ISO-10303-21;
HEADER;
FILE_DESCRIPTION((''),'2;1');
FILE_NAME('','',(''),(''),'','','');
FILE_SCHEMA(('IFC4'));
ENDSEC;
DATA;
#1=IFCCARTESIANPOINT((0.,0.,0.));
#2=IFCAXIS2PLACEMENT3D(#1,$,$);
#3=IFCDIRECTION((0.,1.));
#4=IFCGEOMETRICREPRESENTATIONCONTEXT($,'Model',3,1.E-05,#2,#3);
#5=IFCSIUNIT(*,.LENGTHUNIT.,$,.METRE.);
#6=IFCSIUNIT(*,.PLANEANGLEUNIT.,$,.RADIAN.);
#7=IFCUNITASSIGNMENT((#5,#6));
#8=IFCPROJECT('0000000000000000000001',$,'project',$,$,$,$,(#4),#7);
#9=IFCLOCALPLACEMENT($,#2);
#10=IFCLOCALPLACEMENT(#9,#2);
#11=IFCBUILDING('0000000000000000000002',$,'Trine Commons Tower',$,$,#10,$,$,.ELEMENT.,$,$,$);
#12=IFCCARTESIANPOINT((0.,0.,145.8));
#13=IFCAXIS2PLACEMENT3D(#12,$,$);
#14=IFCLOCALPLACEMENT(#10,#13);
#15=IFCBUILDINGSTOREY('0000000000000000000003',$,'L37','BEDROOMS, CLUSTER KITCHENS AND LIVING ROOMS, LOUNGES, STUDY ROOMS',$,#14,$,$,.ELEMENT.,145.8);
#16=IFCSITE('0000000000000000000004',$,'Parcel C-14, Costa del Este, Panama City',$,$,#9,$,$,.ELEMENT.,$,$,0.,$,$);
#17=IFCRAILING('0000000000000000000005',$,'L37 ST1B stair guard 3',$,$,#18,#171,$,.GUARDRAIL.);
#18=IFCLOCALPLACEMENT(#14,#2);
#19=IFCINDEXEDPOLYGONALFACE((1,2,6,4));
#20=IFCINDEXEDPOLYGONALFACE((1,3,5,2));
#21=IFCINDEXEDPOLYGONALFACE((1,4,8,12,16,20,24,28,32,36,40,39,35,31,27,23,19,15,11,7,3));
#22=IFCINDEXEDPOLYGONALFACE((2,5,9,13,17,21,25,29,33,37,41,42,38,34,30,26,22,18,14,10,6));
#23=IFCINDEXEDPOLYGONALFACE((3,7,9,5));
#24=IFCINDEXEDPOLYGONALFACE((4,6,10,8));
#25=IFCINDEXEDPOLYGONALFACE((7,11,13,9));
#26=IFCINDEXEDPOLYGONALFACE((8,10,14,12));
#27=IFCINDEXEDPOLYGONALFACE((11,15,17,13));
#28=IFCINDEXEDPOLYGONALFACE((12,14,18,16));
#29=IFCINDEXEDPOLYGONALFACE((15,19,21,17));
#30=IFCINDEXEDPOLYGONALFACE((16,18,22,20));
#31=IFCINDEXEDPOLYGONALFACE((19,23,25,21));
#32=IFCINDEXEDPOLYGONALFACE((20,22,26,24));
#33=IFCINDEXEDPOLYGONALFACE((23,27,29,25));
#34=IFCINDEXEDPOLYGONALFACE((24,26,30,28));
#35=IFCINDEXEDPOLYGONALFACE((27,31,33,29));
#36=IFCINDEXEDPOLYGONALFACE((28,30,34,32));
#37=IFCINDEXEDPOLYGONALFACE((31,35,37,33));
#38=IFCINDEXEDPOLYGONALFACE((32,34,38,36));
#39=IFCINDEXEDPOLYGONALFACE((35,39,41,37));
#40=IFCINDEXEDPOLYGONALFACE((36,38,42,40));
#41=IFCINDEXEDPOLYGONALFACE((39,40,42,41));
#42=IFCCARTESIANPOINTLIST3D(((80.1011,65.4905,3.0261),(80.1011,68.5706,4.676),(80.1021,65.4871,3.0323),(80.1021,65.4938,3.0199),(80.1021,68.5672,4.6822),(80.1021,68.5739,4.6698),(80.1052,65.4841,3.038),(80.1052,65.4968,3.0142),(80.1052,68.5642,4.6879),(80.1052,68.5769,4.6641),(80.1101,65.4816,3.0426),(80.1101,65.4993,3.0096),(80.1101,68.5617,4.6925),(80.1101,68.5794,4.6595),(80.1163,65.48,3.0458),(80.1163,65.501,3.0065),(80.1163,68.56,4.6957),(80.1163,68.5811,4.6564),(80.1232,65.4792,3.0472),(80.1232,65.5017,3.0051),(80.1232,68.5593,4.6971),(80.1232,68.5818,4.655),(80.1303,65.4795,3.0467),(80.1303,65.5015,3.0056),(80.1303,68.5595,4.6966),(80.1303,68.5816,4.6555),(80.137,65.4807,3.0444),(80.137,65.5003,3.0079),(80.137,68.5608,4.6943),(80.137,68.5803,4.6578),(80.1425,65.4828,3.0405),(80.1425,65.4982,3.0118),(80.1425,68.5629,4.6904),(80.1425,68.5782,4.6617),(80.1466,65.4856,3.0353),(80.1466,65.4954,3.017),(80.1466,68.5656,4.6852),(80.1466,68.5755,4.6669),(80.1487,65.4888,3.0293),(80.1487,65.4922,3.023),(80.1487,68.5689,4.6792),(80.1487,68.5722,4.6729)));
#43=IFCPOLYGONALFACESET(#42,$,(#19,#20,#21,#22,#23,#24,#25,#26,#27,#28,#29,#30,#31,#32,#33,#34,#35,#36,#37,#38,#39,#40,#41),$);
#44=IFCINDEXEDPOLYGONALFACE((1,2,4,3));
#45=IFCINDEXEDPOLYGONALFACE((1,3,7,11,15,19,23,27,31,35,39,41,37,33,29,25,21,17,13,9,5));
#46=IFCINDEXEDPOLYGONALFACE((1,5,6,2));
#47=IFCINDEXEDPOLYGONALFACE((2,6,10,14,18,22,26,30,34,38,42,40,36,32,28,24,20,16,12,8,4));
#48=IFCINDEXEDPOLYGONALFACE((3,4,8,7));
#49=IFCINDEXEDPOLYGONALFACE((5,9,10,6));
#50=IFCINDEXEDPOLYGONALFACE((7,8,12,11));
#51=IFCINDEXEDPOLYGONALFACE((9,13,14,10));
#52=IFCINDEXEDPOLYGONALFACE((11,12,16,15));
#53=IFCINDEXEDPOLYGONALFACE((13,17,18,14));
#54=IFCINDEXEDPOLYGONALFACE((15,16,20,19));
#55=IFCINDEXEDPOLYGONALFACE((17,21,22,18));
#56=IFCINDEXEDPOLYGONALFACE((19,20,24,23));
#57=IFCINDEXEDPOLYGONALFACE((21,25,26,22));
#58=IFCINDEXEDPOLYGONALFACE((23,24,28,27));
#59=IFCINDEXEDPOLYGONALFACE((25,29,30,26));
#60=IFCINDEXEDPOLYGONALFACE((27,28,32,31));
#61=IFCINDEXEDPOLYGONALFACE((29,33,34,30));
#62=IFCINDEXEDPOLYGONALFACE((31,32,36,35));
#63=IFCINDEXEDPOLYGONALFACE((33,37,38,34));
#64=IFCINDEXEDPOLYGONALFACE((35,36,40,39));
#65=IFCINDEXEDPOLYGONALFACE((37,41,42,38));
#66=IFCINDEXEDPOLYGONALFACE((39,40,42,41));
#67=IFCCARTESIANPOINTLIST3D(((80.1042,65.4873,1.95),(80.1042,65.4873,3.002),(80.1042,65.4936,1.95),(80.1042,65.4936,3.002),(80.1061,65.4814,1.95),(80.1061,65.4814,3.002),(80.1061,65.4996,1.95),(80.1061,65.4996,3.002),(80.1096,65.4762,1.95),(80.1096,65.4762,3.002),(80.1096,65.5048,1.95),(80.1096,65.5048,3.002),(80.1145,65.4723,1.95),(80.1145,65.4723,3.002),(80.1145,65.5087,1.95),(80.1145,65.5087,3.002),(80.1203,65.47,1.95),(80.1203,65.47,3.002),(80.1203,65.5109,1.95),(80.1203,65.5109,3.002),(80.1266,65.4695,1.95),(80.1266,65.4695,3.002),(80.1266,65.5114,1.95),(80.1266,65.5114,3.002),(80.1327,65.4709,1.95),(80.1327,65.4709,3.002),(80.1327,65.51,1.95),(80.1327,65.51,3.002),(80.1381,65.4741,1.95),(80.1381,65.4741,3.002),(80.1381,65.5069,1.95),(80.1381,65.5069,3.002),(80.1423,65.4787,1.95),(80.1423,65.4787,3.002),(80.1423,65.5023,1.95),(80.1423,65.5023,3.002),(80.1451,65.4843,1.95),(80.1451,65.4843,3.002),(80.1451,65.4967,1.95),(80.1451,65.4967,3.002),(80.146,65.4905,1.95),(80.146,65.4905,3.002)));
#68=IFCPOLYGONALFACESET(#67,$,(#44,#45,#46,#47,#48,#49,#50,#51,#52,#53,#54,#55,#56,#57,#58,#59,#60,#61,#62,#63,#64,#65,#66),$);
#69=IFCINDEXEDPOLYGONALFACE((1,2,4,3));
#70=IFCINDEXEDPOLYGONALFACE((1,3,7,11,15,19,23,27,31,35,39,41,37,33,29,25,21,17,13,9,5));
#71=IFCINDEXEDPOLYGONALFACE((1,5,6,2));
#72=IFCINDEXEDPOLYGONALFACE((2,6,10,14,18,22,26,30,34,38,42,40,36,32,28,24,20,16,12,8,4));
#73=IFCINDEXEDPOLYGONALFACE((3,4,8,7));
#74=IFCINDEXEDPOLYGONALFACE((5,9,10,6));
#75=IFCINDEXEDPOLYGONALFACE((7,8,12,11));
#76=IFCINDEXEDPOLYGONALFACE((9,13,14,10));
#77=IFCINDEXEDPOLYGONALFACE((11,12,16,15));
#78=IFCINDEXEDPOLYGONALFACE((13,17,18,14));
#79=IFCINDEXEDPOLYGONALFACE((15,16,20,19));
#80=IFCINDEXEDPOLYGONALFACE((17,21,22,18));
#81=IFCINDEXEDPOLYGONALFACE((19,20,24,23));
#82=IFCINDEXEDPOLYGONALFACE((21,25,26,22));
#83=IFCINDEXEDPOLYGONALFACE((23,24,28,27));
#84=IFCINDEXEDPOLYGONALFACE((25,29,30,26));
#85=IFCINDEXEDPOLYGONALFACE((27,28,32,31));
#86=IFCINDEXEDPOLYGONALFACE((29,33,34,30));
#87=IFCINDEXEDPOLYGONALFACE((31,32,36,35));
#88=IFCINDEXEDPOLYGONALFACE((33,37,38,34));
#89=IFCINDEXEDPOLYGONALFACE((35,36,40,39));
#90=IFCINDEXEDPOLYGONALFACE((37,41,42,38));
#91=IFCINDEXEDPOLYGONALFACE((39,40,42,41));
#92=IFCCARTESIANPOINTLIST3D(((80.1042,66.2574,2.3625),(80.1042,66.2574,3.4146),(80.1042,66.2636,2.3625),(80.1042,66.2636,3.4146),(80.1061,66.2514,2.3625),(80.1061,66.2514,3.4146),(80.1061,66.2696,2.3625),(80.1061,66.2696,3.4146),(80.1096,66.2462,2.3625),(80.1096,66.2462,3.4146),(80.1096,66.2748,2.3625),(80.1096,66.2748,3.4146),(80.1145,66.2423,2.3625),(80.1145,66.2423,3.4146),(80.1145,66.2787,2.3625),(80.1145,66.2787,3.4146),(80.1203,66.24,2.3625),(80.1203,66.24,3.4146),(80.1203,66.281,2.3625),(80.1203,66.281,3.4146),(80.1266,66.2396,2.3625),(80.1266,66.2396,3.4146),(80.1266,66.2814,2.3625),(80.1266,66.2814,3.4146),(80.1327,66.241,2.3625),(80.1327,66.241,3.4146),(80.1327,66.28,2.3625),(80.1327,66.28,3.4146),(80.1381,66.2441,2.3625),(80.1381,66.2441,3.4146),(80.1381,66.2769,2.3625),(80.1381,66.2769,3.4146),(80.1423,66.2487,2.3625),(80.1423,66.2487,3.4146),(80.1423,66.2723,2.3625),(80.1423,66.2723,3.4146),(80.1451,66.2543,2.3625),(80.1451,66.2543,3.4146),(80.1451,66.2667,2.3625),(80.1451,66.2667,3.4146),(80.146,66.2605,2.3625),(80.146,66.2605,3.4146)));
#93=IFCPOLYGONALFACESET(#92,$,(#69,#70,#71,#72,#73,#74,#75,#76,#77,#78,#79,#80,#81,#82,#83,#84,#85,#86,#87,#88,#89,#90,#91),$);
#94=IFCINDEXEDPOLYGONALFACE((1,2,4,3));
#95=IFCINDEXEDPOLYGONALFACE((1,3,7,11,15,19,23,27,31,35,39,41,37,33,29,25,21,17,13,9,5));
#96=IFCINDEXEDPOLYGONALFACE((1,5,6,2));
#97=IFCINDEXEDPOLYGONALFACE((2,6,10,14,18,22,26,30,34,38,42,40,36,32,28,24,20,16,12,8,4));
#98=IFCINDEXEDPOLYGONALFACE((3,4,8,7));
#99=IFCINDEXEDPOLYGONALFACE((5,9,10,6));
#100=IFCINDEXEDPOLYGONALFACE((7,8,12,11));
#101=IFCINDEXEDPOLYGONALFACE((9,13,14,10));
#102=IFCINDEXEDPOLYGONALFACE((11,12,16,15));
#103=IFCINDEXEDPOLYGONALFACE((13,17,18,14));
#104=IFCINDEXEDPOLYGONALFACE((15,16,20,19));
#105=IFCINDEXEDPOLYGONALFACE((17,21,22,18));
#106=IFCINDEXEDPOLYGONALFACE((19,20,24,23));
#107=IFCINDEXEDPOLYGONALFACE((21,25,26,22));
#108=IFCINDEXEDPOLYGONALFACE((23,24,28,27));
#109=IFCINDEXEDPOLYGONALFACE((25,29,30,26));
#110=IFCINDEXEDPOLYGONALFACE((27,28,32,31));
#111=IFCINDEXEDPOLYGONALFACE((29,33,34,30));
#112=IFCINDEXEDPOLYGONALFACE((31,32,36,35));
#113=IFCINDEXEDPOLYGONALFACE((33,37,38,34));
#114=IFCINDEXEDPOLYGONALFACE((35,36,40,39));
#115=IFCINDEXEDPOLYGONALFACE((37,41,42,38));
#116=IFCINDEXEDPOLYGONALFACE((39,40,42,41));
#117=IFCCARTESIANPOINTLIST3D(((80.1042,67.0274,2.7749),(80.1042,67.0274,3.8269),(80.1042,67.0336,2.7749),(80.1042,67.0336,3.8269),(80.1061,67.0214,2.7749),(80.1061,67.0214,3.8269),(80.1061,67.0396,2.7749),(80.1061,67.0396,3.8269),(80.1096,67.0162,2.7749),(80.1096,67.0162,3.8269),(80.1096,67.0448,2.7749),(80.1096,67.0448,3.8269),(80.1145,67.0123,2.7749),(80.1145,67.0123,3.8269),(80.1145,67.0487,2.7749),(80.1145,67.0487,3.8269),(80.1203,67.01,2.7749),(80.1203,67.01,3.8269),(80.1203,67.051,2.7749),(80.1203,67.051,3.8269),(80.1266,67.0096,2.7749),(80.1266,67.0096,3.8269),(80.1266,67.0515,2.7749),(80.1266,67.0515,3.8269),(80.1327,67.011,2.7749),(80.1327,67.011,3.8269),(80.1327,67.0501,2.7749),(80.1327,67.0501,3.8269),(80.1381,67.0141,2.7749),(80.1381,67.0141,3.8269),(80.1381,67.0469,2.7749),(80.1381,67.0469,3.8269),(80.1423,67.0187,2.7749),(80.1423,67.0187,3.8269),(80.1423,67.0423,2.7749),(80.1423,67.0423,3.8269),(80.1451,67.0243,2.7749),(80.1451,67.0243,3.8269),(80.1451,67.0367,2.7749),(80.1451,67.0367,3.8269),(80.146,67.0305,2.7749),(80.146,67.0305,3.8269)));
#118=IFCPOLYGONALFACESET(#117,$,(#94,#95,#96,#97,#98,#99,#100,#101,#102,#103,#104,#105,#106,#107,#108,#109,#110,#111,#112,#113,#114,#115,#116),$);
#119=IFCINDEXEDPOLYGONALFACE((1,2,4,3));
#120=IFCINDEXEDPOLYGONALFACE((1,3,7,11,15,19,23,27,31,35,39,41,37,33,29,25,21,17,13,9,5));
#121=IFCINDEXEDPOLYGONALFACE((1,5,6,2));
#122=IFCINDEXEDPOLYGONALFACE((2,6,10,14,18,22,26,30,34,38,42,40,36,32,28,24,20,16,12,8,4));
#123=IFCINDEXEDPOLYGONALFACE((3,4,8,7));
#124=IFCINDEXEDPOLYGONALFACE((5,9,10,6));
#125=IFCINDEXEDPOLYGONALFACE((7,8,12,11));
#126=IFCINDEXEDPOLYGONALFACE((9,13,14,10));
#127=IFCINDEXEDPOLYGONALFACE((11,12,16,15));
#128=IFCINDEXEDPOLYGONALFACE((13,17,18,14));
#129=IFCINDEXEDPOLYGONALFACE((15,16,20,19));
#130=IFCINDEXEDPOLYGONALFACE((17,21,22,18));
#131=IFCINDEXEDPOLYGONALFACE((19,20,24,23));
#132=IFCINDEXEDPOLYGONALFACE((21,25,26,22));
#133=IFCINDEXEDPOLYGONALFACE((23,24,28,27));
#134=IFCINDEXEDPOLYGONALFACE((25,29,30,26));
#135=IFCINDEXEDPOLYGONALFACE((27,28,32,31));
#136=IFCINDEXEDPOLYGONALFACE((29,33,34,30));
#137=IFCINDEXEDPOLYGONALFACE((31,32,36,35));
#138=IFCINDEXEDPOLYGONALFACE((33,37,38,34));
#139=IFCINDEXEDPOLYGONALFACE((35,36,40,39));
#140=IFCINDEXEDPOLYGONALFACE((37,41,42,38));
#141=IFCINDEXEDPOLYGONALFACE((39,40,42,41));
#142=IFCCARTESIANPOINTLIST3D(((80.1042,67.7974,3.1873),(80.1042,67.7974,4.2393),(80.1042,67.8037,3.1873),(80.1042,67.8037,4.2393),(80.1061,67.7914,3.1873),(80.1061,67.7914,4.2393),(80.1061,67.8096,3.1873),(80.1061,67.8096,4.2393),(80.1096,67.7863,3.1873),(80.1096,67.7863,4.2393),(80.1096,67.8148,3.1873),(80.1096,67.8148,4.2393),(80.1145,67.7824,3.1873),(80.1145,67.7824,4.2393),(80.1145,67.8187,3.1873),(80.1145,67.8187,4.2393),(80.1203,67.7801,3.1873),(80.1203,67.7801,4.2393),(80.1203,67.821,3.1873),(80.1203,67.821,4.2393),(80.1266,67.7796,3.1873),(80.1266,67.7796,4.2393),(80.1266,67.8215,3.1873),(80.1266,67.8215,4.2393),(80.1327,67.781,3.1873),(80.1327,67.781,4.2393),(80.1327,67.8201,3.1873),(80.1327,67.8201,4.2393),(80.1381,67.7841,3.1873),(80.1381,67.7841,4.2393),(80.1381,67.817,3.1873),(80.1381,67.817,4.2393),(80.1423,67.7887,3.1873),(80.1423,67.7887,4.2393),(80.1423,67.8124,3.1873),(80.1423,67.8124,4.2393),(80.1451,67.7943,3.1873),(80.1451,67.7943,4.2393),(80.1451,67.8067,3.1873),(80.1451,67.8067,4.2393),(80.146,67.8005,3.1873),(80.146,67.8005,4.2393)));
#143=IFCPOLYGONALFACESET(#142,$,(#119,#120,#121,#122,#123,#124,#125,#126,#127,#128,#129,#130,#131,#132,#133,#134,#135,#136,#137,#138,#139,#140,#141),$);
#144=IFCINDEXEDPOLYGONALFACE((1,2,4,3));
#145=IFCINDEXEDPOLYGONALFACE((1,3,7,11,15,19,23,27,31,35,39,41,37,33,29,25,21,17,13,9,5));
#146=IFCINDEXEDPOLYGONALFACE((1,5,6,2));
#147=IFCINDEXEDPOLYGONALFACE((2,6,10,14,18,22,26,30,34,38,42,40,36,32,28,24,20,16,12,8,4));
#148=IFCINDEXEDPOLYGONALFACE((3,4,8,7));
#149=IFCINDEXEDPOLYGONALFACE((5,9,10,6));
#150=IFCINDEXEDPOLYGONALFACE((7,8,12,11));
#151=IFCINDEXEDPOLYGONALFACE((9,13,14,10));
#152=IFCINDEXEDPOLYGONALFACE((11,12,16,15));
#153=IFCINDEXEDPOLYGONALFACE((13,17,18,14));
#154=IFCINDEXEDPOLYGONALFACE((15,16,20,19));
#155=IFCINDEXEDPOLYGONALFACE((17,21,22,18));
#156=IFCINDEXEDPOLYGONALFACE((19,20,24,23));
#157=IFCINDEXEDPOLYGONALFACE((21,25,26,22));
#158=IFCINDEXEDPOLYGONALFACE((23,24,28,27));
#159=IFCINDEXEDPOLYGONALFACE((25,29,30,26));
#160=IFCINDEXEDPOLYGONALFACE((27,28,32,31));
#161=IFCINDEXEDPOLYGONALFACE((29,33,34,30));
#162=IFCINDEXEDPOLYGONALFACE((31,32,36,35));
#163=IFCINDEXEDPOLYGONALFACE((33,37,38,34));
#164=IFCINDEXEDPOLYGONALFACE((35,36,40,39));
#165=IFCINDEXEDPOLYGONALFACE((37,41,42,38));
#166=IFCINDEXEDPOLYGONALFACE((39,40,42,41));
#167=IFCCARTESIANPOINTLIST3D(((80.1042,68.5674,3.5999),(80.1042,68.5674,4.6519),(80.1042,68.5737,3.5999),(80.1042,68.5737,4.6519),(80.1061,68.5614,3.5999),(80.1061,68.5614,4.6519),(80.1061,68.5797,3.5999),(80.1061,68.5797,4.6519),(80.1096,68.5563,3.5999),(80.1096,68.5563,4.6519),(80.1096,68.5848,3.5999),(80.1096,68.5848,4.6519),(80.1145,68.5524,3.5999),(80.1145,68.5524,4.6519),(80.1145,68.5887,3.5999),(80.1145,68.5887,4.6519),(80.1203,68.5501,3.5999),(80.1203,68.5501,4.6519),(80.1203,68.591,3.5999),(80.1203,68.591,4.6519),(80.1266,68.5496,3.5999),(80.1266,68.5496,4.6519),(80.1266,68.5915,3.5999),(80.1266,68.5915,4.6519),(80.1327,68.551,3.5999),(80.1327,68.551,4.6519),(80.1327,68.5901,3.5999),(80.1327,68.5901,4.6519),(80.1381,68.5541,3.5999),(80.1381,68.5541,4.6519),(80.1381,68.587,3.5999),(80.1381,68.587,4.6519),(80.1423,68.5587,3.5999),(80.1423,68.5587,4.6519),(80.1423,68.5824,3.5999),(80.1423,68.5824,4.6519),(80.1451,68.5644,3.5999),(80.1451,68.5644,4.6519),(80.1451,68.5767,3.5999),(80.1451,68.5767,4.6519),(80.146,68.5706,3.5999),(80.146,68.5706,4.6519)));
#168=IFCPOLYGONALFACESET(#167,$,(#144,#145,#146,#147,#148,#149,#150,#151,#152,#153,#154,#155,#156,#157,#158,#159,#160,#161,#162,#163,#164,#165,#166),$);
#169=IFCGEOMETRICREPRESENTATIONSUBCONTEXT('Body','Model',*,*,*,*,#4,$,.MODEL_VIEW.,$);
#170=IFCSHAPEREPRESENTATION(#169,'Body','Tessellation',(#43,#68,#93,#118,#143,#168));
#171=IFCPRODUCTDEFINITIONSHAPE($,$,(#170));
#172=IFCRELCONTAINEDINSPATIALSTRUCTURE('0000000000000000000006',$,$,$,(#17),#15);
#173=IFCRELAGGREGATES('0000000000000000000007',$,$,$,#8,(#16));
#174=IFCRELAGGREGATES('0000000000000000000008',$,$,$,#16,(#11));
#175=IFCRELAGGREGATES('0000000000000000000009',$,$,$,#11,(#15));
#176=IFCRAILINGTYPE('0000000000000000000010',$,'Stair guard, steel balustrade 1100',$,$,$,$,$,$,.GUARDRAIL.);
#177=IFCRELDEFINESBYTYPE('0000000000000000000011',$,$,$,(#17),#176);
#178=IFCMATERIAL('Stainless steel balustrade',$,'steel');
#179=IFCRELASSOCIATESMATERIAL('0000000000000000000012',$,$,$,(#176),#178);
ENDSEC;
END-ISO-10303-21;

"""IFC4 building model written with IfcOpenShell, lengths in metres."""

from ifc_helpers import new_model, si_unit, direction, frame, origin, origin_2d, place, context, subcontext, project, spatial, circle, extrude, material, type_object, element, save


model = new_model("IFC4")

# Units and contexts
model_context = context("Model", 3, precision=1e-05, world=origin(), true_north=direction((0.0, 1.0)))
body_context = subcontext(model_context, "Body", "Model", "MODEL_VIEW")
ifc_project = project(units=[si_unit("LENGTHUNIT", "METRE"), si_unit("PLANEANGLEUNIT", "RADIAN")], contexts=[model_context])

# Site, building, storey
site_placement = place(None, origin())
site = spatial("IfcSite", under=ifc_project, at=site_placement, Name="Parcel C-14, Costa del Este, Panama City", CompositionType="ELEMENT", RefElevation=0.0)
building_placement = place(site_placement, origin())
building = spatial("IfcBuilding", under=site, at=building_placement, Name="Trine Commons Tower", CompositionType="ELEMENT")
storey_placement = place(building_placement, frame((0.0, 0.0, 145.8)))
storey = spatial("IfcBuildingStorey", under=building, at=storey_placement, Name="L37", Description="BEDROOMS, CLUSTER KITCHENS AND LIVING ROOMS, LOUNGES, STUDY ROOMS", CompositionType="ELEMENT", Elevation=145.8)

# Railing
ifc_material_1 = material(Name="Stainless steel balustrade", Category="steel")
railing_type_1 = type_object("IfcRailingType", Name="Stair guard, steel balustrade 1100", PredefinedType="GUARDRAIL", material=ifc_material_1)
railing_1_placement = place(storey_placement, frame((80.125, 65.4905, 1.95)))
element("IfcRailing", 1, at=railing_1_placement, inside=storey, type_object=railing_type_1, Name="L37 ST1B stair guard 3", PredefinedType="GUARDRAIL", context=body_context, shape_type="SweptSolid", body=[
    extrude(circle(Radius=0.0239, at=origin_2d()), frame((0.0, 0.0, 1.0762), z_axis=(0.0, 0.881497, 0.47219), x_axis=(-1.0, 0.0, 0.0)), (0.0, 0.0, 1.0), 3.4941),
    extrude(circle(Radius=0.021, at=origin_2d()), origin(), (0.0, 0.0, 1.0), 1.052),
    extrude(circle(Radius=0.021, at=origin_2d()), frame((0.0, 0.77, 0.4126)), (0.0, 0.0, 1.0), 1.052),
    extrude(circle(Radius=0.021, at=origin_2d()), frame((0.0, 1.54, 0.825)), (0.0, 0.0, 1.0), 1.052),
    extrude(circle(Radius=0.021, at=origin_2d()), frame((0.0, 2.3101, 1.2373)), (0.0, 0.0, 1.0), 1.052),
    extrude(circle(Radius=0.021, at=origin_2d()), frame((0.0, 3.0801, 1.6499)), (0.0, 0.0, 1.0), 1.052),
])

save(model, "model.ifc")
